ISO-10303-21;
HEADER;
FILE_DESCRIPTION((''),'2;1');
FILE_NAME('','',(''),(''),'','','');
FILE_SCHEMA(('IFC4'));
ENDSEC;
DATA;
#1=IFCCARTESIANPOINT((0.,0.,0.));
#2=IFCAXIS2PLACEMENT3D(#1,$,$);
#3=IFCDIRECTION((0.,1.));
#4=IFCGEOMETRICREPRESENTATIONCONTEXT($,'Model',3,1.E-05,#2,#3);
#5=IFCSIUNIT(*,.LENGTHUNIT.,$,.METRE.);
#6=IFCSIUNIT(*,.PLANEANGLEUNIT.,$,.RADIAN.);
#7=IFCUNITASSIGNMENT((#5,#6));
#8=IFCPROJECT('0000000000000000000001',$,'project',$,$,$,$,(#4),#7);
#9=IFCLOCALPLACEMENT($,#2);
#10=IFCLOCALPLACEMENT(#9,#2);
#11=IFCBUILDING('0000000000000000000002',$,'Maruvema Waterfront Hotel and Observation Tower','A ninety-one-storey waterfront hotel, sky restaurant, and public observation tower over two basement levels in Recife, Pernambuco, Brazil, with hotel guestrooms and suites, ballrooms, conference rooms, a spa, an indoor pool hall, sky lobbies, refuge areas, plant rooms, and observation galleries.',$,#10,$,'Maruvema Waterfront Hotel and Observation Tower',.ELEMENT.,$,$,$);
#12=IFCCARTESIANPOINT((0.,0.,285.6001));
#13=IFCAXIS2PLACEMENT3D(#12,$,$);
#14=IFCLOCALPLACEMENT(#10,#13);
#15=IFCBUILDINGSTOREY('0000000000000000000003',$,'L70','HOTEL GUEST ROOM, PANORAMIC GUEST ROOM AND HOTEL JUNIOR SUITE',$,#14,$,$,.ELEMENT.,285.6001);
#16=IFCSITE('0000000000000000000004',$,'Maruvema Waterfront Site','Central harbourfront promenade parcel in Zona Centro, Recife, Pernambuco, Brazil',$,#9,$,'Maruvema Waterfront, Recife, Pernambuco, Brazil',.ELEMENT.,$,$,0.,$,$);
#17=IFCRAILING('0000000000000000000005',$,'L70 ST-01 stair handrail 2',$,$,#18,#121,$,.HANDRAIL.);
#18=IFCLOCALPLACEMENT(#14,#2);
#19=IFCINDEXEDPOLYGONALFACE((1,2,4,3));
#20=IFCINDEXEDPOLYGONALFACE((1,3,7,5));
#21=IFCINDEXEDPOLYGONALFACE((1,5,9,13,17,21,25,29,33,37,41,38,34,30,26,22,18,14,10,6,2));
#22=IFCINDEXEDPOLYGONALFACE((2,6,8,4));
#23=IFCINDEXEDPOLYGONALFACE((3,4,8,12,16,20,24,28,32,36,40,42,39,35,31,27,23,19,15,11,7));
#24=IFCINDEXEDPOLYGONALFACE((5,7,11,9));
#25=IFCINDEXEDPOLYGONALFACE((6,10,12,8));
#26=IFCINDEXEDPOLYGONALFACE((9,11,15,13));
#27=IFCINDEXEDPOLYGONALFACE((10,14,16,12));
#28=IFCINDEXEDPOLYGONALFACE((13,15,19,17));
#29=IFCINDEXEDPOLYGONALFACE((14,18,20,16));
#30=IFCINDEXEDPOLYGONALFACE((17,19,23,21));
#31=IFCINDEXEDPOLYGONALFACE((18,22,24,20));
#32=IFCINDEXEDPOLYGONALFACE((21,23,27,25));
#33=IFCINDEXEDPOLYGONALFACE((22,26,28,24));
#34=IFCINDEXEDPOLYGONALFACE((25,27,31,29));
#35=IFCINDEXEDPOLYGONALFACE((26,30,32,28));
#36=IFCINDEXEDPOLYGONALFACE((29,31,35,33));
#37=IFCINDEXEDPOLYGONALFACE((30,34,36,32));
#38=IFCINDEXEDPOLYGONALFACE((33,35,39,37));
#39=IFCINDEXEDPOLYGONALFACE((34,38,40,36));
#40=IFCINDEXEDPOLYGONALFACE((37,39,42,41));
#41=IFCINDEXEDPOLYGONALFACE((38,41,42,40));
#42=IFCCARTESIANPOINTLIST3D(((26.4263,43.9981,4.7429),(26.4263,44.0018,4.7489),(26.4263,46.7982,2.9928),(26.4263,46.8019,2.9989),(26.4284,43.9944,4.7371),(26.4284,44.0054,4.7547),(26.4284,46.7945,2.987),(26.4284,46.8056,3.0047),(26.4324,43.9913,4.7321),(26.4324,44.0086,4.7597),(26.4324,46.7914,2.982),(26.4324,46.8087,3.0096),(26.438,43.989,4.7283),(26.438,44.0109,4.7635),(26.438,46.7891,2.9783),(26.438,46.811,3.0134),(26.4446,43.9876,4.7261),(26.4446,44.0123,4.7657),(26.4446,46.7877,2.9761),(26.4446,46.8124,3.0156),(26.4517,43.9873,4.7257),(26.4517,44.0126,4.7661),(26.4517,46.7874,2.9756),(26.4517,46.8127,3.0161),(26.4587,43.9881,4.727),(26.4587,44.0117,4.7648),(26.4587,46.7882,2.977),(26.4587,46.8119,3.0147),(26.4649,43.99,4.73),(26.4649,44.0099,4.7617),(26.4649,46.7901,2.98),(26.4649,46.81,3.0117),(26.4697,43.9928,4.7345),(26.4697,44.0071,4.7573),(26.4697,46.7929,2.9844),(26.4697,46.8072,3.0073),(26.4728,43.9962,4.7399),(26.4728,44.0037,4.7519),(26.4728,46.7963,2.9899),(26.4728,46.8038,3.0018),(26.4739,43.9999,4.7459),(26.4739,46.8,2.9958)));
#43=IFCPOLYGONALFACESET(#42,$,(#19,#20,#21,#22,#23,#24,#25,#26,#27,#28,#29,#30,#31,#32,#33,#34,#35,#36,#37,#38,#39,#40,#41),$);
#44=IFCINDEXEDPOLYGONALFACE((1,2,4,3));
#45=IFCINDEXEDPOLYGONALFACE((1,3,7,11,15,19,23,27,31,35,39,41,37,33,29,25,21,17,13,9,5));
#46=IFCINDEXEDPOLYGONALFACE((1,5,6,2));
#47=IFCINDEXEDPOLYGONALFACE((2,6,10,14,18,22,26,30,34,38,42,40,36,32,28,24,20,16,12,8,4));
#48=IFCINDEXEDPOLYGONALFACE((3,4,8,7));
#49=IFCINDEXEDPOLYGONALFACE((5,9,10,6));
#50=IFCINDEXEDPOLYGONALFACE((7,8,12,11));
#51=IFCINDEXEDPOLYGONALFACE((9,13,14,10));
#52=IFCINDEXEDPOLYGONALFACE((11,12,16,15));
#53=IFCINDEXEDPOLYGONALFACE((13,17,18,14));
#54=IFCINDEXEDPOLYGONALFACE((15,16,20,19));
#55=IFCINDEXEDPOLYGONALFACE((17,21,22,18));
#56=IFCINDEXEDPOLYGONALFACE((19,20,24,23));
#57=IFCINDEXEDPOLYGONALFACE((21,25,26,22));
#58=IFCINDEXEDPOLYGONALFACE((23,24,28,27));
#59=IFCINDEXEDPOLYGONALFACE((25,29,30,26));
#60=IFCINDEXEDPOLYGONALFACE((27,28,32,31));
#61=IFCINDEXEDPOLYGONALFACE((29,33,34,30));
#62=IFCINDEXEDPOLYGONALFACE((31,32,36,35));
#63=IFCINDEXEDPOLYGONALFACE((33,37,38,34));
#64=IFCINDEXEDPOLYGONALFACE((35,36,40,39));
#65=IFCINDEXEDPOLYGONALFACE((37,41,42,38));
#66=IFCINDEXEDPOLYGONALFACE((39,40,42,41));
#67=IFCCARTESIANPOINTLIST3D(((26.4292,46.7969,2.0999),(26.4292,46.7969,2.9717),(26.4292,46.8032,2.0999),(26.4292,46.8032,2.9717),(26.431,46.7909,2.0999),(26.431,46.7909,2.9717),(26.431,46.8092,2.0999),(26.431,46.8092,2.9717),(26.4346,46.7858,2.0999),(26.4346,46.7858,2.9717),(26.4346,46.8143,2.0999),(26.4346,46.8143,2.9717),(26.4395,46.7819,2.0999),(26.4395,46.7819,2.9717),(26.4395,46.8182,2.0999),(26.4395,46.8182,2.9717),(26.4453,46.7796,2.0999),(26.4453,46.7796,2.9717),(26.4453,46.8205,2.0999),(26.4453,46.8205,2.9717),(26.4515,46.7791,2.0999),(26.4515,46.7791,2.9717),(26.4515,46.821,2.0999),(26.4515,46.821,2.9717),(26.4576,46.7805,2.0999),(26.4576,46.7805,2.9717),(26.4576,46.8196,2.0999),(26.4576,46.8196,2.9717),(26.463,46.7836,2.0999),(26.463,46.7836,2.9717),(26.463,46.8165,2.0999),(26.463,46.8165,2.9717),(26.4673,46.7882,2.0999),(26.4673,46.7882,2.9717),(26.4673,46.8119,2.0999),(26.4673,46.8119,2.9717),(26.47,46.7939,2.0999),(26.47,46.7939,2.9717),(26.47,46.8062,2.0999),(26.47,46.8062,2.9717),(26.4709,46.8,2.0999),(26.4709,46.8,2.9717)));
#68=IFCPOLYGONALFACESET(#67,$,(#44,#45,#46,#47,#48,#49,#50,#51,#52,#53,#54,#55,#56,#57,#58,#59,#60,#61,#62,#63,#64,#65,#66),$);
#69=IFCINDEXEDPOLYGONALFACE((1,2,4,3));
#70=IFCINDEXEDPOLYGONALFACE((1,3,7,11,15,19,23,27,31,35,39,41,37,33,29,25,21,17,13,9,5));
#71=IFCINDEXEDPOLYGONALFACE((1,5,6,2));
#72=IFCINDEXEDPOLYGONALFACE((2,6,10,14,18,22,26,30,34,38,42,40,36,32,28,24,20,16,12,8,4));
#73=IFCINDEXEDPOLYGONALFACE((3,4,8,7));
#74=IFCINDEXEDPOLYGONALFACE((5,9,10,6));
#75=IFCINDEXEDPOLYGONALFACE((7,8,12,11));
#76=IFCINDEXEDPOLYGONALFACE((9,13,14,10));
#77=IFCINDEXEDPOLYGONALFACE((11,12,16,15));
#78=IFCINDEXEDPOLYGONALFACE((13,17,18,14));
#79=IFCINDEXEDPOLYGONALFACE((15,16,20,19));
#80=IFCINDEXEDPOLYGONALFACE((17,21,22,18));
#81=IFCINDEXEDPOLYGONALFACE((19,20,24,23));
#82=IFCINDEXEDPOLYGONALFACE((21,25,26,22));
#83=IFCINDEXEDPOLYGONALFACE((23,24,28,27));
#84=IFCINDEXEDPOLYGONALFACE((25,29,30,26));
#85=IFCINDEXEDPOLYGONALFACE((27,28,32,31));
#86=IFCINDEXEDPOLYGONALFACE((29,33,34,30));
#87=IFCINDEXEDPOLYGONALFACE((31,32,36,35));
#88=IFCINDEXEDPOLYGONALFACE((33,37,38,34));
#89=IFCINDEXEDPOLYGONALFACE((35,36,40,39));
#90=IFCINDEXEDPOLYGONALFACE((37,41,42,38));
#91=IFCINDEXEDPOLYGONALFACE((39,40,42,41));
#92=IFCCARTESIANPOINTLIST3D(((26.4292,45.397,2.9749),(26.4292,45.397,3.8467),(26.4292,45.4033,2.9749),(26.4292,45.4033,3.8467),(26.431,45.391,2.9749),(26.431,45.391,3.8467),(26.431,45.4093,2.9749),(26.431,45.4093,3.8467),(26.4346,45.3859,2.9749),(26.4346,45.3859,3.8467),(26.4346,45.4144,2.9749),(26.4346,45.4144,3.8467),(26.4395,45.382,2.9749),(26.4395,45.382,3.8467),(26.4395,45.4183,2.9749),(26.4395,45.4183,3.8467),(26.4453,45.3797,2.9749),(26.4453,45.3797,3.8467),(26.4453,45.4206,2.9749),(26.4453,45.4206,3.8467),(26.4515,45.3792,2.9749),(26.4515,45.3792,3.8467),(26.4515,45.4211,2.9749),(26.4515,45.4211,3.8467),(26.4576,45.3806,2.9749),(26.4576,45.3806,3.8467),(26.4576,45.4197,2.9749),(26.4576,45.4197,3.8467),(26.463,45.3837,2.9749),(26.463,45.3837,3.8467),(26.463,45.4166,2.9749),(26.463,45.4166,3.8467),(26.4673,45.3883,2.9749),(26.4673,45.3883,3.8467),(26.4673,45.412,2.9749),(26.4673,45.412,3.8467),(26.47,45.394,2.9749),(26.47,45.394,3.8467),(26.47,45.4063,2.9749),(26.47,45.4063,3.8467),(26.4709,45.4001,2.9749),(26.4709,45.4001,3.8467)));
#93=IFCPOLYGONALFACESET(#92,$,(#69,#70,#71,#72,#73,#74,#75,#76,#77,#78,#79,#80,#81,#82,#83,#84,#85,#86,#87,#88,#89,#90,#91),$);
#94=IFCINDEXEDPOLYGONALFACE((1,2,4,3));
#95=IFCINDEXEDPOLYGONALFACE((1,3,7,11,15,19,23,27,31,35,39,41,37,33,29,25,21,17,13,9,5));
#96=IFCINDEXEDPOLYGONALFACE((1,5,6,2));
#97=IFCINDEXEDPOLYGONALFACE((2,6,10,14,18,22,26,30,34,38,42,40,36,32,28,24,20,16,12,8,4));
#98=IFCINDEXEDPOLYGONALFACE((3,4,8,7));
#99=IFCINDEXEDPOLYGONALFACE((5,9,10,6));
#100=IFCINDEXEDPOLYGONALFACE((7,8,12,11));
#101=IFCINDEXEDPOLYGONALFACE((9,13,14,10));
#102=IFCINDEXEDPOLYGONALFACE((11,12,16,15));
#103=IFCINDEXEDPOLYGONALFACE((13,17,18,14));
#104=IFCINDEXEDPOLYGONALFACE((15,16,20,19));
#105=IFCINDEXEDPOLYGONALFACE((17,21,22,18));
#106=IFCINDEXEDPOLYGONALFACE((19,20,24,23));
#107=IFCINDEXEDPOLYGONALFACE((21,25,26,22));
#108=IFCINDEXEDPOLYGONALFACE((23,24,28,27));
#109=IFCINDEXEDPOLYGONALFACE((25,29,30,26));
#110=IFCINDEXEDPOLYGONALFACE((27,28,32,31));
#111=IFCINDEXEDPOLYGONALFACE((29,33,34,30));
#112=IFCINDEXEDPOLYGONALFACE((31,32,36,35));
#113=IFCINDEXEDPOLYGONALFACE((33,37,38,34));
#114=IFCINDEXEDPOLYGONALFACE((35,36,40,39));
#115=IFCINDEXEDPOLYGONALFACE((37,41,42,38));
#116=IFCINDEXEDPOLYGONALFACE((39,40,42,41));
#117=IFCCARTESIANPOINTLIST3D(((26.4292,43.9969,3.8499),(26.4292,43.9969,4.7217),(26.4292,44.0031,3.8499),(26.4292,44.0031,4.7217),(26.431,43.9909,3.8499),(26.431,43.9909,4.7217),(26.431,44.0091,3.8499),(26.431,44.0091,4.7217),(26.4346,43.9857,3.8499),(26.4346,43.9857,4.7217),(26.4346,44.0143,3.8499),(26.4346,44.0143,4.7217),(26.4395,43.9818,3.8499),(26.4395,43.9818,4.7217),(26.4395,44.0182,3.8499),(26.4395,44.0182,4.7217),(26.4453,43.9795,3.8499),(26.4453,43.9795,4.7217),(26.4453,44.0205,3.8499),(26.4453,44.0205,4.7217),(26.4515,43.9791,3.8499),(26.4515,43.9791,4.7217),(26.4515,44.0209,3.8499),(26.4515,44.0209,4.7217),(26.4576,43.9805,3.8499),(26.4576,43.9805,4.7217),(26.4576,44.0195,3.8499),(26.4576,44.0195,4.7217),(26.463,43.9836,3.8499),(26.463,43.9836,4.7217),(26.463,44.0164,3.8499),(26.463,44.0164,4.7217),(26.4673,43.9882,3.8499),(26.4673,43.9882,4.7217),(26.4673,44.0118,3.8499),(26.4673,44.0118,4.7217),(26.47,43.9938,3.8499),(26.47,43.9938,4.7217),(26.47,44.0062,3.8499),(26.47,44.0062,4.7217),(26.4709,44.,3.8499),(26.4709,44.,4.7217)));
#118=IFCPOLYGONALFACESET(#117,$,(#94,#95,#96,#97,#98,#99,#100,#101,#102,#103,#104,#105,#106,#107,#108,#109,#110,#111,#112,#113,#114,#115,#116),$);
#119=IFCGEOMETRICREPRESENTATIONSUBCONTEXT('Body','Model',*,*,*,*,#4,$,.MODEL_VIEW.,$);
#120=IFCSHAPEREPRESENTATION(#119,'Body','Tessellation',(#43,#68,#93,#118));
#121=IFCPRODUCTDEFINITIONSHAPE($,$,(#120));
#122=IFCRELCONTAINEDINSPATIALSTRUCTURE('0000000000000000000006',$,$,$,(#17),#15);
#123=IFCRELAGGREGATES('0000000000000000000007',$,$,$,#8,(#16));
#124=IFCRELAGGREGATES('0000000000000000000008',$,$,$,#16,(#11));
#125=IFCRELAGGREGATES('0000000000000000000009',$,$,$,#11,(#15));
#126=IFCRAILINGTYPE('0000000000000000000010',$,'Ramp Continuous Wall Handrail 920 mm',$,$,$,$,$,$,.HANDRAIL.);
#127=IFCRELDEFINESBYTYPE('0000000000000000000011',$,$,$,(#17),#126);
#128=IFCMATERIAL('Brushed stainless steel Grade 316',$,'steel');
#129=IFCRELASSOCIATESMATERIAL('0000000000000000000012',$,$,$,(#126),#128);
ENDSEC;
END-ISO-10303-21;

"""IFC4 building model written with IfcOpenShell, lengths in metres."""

from ifc_helpers import new_model, si_unit, direction, frame, origin, origin_2d, place, context, subcontext, project, spatial, circle, extrude, material, type_object, element, save


model = new_model("IFC4")

# Units and contexts
model_context = context("Model", 3, precision=1e-05, world=origin(), true_north=direction((0.0, 1.0)))
body_context = subcontext(model_context, "Body", "Model", "MODEL_VIEW")
ifc_project = project(units=[si_unit("LENGTHUNIT", "METRE"), si_unit("PLANEANGLEUNIT", "RADIAN")], contexts=[model_context])

# Site, building, storey
site_placement = place(None, origin())
site = spatial("IfcSite", under=ifc_project, at=site_placement, Name="Maruvema Waterfront Site", Description="Central harbourfront promenade parcel in Zona Centro, Recife, Pernambuco, Brazil", LongName="Maruvema Waterfront, Recife, Pernambuco, Brazil", CompositionType="ELEMENT", RefElevation=0.0)
building_placement = place(site_placement, origin())
building = spatial("IfcBuilding", under=site, at=building_placement, Name="Maruvema Waterfront Hotel and Observation Tower", Description="A ninety-one-storey waterfront hotel, sky restaurant, and public observation tower over two basement levels in Recife, Pernambuco, Brazil, with hotel guestrooms and suites, ballrooms, conference rooms, a spa, an indoor pool hall, sky lobbies, refuge areas, plant rooms, and observation galleries.", LongName="Maruvema Waterfront Hotel and Observation Tower", CompositionType="ELEMENT")
storey_placement = place(building_placement, frame((0.0, 0.0, 285.6001)))
storey = spatial("IfcBuildingStorey", under=building, at=storey_placement, Name="L70", Description="HOTEL GUEST ROOM, PANORAMIC GUEST ROOM AND HOTEL JUNIOR SUITE", CompositionType="ELEMENT", Elevation=285.6001)

# Railing
ifc_material_1 = material(Name="Brushed stainless steel Grade 316", Category="steel")
railing_type_1 = type_object("IfcRailingType", Name="Ramp Continuous Wall Handrail 920 mm", PredefinedType="HANDRAIL", material=ifc_material_1)
railing_1_placement = place(storey_placement, frame((26.45, 46.8, 2.0999)))
element("IfcRailing", 1, at=railing_1_placement, inside=storey, type_object=railing_type_1, Name="L70 ST-01 stair handrail 2", PredefinedType="HANDRAIL", context=body_context, shape_type="SweptSolid", body=[
    extrude(circle(Radius=0.0239, at=origin_2d()), frame((0.0, 0.0, 0.896), z_axis=(0.0, -0.848002, 0.529992), x_axis=(1.0, 0.0, 0.0)), (0.0, 0.0, 1.0), 3.302),
    extrude(circle(Radius=0.021, at=origin_2d()), origin(), (0.0, 0.0, 1.0), 0.8718),
    extrude(circle(Radius=0.021, at=origin_2d()), frame((0.0, -1.3999, 0.875)), (0.0, 0.0, 1.0), 0.8718),
    extrude(circle(Radius=0.021, at=origin_2d()), frame((0.0, -2.8, 1.75)), (0.0, 0.0, 1.0), 0.8718),
])

save(model, "model.ifc")
